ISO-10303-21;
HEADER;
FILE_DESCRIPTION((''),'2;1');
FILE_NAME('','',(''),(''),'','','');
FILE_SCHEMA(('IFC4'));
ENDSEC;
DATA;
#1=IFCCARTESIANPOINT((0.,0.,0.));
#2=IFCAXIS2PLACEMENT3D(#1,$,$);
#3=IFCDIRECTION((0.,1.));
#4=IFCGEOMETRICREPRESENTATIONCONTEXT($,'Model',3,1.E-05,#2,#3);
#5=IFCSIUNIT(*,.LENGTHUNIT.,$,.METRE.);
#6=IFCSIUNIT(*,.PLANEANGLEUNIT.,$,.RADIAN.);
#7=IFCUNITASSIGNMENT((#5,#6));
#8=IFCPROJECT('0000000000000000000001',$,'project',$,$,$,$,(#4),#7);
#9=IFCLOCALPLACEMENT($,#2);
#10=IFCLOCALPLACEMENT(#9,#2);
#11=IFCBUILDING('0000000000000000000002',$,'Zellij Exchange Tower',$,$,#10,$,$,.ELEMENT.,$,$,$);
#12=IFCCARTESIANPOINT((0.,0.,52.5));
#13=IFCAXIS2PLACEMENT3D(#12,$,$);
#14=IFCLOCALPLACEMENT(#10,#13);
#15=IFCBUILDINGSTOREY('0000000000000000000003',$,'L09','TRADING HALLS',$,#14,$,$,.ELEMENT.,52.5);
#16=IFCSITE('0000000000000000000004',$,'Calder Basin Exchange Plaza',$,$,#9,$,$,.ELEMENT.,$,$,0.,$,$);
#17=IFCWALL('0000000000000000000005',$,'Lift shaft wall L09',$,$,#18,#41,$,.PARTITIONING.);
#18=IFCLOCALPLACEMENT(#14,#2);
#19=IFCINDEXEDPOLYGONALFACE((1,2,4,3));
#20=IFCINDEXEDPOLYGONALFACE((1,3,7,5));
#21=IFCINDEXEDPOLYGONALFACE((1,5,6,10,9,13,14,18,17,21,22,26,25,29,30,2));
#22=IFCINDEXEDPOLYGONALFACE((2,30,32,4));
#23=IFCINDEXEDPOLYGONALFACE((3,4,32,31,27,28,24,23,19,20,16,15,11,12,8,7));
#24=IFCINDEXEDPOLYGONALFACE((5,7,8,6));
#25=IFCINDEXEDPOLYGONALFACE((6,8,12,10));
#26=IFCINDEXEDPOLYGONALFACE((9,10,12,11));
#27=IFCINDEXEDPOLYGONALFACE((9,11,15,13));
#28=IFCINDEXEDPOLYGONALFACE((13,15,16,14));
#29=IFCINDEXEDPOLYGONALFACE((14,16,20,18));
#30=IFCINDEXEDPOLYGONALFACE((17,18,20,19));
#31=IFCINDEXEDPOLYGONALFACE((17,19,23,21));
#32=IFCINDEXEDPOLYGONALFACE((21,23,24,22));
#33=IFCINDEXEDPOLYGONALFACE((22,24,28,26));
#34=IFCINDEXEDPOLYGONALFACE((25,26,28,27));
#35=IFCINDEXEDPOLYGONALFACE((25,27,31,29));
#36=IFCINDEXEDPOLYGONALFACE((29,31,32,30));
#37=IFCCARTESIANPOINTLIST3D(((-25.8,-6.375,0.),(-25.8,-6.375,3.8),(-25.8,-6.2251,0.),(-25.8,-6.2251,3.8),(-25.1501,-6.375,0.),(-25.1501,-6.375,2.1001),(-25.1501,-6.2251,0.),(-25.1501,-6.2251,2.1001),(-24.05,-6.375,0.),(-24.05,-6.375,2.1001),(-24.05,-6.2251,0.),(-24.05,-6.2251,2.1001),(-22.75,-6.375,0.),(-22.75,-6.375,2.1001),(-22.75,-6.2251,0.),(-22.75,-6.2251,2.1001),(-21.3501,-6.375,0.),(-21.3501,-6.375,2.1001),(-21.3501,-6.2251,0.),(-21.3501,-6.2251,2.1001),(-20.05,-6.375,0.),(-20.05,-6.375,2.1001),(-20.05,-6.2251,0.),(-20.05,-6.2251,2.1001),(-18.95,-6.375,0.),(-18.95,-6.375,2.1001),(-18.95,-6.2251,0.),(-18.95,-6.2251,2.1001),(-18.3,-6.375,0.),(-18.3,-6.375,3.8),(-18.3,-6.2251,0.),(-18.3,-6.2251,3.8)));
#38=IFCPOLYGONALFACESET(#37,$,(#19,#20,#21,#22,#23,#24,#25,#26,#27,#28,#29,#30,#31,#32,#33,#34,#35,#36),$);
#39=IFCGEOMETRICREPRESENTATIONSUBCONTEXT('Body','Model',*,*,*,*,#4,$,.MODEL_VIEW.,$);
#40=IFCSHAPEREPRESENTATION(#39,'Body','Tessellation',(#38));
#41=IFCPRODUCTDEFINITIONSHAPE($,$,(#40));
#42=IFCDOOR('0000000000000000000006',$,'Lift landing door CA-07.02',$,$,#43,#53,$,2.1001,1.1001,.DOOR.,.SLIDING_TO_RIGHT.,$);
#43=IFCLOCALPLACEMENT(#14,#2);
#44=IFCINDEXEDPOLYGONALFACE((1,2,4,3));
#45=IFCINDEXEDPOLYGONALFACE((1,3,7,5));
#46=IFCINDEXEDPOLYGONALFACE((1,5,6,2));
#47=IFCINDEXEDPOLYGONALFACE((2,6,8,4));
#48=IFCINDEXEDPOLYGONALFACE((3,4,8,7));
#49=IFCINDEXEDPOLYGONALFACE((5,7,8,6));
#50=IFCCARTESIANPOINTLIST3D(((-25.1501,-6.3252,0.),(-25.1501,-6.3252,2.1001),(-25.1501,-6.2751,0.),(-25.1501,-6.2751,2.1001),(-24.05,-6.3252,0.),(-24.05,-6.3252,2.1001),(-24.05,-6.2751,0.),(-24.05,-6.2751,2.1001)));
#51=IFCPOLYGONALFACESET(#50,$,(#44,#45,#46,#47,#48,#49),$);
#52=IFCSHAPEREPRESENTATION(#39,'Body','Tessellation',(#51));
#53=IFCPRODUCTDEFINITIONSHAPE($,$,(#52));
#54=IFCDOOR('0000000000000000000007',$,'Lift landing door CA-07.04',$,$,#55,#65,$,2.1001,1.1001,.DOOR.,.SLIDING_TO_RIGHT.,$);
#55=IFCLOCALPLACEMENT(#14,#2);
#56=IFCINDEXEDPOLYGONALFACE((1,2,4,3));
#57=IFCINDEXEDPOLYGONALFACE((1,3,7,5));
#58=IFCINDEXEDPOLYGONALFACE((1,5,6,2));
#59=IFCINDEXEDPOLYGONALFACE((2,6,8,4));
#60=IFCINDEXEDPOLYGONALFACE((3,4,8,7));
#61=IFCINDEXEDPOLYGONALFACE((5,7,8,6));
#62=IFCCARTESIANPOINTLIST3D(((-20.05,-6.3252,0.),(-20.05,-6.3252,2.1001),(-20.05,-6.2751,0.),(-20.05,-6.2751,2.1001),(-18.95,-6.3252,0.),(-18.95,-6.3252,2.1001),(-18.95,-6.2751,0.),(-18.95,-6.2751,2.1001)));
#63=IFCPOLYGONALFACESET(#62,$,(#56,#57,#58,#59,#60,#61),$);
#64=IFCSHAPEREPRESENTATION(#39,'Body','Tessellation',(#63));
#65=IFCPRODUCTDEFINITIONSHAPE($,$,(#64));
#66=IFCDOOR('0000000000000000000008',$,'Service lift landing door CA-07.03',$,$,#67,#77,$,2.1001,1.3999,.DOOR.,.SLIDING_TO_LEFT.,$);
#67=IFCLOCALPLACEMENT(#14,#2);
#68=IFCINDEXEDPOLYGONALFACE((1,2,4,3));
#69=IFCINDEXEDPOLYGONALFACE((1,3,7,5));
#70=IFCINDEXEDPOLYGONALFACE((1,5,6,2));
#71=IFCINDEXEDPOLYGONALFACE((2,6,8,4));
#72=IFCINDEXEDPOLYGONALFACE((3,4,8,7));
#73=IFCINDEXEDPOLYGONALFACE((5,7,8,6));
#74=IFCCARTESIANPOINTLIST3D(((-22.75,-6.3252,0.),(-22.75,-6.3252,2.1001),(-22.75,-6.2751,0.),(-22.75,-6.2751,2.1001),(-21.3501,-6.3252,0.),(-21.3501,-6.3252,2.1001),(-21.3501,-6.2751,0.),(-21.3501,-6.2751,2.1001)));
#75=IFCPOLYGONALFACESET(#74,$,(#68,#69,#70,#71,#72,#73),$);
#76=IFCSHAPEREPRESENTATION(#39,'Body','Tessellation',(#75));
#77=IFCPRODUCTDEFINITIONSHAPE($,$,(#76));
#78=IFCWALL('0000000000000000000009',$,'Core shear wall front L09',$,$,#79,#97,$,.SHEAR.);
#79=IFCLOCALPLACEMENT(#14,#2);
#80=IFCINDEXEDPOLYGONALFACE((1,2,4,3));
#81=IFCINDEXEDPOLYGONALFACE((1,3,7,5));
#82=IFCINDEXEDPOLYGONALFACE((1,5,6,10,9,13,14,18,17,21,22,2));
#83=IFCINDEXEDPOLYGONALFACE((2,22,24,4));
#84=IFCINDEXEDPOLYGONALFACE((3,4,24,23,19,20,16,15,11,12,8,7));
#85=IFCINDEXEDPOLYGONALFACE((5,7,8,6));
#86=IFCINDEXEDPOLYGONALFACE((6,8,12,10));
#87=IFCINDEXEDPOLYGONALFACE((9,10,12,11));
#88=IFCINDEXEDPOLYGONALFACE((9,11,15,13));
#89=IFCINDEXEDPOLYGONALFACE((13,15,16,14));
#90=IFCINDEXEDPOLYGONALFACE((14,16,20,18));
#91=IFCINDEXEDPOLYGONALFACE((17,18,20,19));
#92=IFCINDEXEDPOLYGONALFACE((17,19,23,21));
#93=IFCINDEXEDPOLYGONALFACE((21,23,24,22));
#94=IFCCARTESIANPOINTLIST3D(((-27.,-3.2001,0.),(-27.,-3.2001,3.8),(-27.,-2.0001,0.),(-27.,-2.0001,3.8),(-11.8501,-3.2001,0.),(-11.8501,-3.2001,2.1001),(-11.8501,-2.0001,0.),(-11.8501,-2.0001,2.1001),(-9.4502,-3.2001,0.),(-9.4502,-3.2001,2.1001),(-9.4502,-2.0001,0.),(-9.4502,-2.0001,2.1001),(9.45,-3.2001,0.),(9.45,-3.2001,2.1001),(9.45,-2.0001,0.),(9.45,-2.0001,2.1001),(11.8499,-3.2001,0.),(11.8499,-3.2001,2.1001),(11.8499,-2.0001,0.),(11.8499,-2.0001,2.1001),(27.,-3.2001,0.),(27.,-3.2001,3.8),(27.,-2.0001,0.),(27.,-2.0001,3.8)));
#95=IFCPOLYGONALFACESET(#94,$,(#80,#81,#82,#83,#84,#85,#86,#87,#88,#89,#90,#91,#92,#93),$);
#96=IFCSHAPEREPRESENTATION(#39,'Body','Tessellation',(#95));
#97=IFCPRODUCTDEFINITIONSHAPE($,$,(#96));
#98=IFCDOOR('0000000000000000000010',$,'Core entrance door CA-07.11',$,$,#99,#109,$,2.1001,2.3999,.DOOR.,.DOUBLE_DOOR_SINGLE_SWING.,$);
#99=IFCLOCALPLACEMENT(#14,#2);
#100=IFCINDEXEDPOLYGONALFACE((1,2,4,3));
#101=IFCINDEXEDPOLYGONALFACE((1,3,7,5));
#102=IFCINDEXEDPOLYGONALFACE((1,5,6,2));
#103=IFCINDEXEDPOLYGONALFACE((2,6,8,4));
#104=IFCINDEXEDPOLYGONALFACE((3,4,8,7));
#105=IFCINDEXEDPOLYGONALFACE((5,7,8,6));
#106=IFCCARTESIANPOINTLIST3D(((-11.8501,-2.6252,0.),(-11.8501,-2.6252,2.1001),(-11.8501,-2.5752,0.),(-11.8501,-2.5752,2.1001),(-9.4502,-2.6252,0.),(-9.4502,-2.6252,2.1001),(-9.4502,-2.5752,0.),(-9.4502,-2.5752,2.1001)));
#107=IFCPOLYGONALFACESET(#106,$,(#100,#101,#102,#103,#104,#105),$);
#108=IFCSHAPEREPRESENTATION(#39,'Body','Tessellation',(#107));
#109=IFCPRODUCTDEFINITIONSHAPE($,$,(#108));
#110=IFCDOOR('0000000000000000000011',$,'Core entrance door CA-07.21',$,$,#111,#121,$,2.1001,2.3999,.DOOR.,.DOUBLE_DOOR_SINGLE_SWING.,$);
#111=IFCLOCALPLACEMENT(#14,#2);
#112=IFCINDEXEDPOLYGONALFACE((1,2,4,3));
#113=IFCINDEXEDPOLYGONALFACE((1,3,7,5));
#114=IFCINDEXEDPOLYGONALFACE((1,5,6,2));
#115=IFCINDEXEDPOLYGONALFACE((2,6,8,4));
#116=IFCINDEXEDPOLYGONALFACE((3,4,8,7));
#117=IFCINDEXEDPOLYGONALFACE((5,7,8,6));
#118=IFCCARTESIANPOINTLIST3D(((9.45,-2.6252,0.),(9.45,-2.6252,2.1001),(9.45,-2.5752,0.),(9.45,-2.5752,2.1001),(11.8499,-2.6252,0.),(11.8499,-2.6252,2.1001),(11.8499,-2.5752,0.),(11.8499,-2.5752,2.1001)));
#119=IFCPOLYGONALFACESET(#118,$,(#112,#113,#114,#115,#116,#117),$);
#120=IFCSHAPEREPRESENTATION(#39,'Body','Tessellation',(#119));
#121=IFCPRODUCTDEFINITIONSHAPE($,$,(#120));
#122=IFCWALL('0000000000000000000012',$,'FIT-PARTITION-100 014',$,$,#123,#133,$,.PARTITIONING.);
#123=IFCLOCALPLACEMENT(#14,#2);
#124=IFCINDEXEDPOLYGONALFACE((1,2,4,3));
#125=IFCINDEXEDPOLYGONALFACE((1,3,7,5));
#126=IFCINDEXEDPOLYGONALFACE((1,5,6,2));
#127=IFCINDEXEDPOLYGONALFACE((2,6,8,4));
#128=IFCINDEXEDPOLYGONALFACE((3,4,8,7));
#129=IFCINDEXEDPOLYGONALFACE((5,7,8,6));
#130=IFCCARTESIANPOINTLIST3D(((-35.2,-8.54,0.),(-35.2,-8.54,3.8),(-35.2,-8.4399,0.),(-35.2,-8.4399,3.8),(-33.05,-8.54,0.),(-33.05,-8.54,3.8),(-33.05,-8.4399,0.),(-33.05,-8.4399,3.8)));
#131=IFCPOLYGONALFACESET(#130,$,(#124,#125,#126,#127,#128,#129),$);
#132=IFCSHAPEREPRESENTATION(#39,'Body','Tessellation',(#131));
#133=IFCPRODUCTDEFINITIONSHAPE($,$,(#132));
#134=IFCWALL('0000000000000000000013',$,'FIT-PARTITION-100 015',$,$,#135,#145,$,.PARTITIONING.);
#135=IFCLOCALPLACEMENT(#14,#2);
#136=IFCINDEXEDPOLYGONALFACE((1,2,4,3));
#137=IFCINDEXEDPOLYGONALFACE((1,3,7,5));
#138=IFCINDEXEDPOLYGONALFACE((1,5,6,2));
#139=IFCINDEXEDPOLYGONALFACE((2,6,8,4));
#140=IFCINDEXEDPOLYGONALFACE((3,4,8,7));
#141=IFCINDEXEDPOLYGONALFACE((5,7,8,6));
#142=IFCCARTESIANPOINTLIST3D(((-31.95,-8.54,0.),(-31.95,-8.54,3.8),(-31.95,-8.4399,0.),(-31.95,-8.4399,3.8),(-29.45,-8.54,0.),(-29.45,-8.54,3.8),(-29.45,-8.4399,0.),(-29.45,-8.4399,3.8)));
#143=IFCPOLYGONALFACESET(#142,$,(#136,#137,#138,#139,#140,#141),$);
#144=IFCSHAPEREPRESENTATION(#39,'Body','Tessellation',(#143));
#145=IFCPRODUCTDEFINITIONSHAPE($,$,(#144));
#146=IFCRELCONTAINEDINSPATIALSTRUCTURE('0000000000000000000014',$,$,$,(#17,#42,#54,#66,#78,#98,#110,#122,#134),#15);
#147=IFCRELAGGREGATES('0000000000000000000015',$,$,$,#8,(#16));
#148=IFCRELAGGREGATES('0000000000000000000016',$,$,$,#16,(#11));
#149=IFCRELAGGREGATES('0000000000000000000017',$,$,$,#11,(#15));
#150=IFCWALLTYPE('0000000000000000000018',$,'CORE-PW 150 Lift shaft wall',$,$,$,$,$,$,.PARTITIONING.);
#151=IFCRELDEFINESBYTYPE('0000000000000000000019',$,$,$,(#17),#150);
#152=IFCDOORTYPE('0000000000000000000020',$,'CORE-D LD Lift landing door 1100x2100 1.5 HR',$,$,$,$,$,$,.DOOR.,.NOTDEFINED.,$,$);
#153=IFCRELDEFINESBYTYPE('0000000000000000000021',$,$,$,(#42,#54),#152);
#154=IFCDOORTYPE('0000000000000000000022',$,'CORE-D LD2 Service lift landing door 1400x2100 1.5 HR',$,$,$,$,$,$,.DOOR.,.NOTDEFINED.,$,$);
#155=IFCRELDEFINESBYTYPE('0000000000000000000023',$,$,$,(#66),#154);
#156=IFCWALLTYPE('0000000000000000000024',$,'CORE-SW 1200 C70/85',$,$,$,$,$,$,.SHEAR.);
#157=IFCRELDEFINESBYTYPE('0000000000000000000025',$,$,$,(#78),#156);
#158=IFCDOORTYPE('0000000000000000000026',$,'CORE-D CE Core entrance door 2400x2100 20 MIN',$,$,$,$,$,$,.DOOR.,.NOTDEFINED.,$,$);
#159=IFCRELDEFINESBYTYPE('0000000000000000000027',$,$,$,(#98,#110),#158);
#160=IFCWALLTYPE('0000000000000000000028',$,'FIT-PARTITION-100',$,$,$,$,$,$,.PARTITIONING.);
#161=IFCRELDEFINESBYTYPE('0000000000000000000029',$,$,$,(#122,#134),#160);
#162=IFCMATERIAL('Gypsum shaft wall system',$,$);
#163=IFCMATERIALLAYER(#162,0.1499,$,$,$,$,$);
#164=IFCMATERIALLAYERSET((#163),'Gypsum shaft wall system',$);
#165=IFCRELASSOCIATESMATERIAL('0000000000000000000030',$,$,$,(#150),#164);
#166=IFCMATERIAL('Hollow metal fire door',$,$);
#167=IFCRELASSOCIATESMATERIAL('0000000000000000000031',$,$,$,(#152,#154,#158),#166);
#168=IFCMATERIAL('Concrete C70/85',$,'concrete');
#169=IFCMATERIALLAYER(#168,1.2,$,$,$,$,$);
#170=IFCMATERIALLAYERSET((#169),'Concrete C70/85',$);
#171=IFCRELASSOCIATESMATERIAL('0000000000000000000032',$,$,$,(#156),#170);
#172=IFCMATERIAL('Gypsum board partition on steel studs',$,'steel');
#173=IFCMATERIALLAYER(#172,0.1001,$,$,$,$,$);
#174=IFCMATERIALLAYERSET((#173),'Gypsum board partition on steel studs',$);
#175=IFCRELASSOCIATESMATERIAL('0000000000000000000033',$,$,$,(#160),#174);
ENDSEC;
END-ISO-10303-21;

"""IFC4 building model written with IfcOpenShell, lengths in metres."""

from ifc_helpers import new_model, si_unit, direction, frame, frame_2d, origin, place, context, subcontext, project, spatial, rectangle, extrude, material, layer, layer_set, type_object, element, fill, save


model = new_model("IFC4")

# Units and contexts
model_context = context("Model", 3, precision=1e-05, world=origin(), true_north=direction((0.0, 1.0)))
body_context = subcontext(model_context, "Body", "Model", "MODEL_VIEW")
ifc_project = project(units=[si_unit("LENGTHUNIT", "METRE"), si_unit("PLANEANGLEUNIT", "RADIAN")], contexts=[model_context])

# Site, building, storey
site_placement = place(None, origin())
site = spatial("IfcSite", under=ifc_project, at=site_placement, Name="Calder Basin Exchange Plaza", CompositionType="ELEMENT", RefElevation=0.0)
building_placement = place(site_placement, origin())
building = spatial("IfcBuilding", under=site, at=building_placement, Name="Zellij Exchange Tower", CompositionType="ELEMENT")
storey_placement = place(building_placement, frame((0.0, 0.0, 52.5)))
storey = spatial("IfcBuildingStorey", under=building, at=storey_placement, Name="L09", Description="TRADING HALLS", CompositionType="ELEMENT", Elevation=52.5)

# Shared definitions
ifc_material_1 = material(Name="Concrete C70/85", Category="concrete")

# Shared definitions
ifc_material_2 = material(Name="Gypsum shaft wall system")
ifc_layer_1 = layer(ifc_material_2, 0.1499)
ifc_layer_set_1 = layer_set([ifc_layer_1], Name="Gypsum shaft wall system")
wall_type_1 = type_object("IfcWallType", Name="CORE-PW 150 Lift shaft wall", PredefinedType="PARTITIONING", material=ifc_layer_set_1)

# Walls, openings, doors
wall_1_placement = place(storey_placement, frame((-25.8, -6.3, 0.0), z_axis=(0.0, 0.0, 1.0), x_axis=(1.0, 0.0, 0.0)))
wall_1 = element("IfcWall", 1, at=wall_1_placement, inside=storey, type_object=wall_type_1, Name="Lift shaft wall L09", PredefinedType="PARTITIONING", context=body_context, shape_type="SweptSolid", body=[
    extrude(rectangle(XDim=7.5, YDim=0.1499, at=frame_2d((3.75, 0.0))), origin(), (0.0, 0.0, 1.0), 3.8),
])
opening_1_placement = place(wall_1_placement, frame((0.6499, 0.0, 0.0)))
opening_1 = element("IfcOpeningElement", 2, at=opening_1_placement, cuts=wall_1, PredefinedType="OPENING", context=body_context, shape_type="SweptSolid", body=[
    extrude(rectangle(XDim=1.1001, YDim=2.1001, at=frame_2d((0.55, 1.05))), frame((0.0, 0.0869, 0.0), z_axis=(0.0, -1.0, 0.0), x_axis=(1.0, 0.0, 0.0)), (0.0, 0.0, 1.0), 0.1738),
])
opening_2_placement = place(wall_1_placement, frame((3.05, 0.0, 0.0)))
opening_2 = element("IfcOpeningElement", 3, at=opening_2_placement, cuts=wall_1, PredefinedType="OPENING", context=body_context, shape_type="SweptSolid", body=[
    extrude(rectangle(XDim=1.3999, YDim=2.1001, at=frame_2d((0.7, 1.05))), frame((0.0, 0.0869, 0.0), z_axis=(0.0, -1.0, 0.0), x_axis=(1.0, 0.0, 0.0)), (0.0, 0.0, 1.0), 0.1738),
])
opening_3_placement = place(wall_1_placement, frame((5.75, 0.0, 0.0)))
opening_3 = element("IfcOpeningElement", 4, at=opening_3_placement, cuts=wall_1, PredefinedType="OPENING", context=body_context, shape_type="SweptSolid", body=[
    extrude(rectangle(XDim=1.1001, YDim=2.1001, at=frame_2d((0.55, 1.05))), frame((0.0, 0.0869, 0.0), z_axis=(0.0, -1.0, 0.0), x_axis=(1.0, 0.0, 0.0)), (0.0, 0.0, 1.0), 0.1738),
])
ifc_material_3 = material(Name="Hollow metal fire door")
door_type_1 = type_object("IfcDoorType", Name="CORE-D LD Lift landing door 1100x2100 1.5 HR", OperationType="NOTDEFINED", PredefinedType="DOOR", material=ifc_material_3)
door_1_placement = place(opening_1_placement, origin())
door_1 = element("IfcDoor", 5, at=door_1_placement, inside=storey, type_object=door_type_1, Name="Lift landing door CA-07.02", OperationType="SLIDING_TO_RIGHT", OverallHeight=2.1001, OverallWidth=1.1001, PredefinedType="DOOR", context=body_context, shape_type="SweptSolid", body=[
    extrude(rectangle(XDim=1.1001, YDim=2.1001, at=frame_2d((0.55, 1.05))), frame((0.0, 0.0249, 0.0), z_axis=(0.0, -1.0, 0.0), x_axis=(1.0, 0.0, 0.0)), (0.0, 0.0, 1.0), 0.05),
])
fill(opening_1, door_1)
door_2_placement = place(opening_3_placement, origin())
door_2 = element("IfcDoor", 6, at=door_2_placement, inside=storey, type_object=door_type_1, Name="Lift landing door CA-07.04", OperationType="SLIDING_TO_RIGHT", OverallHeight=2.1001, OverallWidth=1.1001, PredefinedType="DOOR", context=body_context, shape_type="SweptSolid", body=[
    extrude(rectangle(XDim=1.1001, YDim=2.1001, at=frame_2d((0.55, 1.05))), frame((0.0, 0.0249, 0.0), z_axis=(0.0, -1.0, 0.0), x_axis=(1.0, 0.0, 0.0)), (0.0, 0.0, 1.0), 0.05),
])
fill(opening_3, door_2)
door_type_2 = type_object("IfcDoorType", Name="CORE-D LD2 Service lift landing door 1400x2100 1.5 HR", OperationType="NOTDEFINED", PredefinedType="DOOR", material=ifc_material_3)
door_3_placement = place(opening_2_placement, origin())
door_3 = element("IfcDoor", 7, at=door_3_placement, inside=storey, type_object=door_type_2, Name="Service lift landing door CA-07.03", OperationType="SLIDING_TO_LEFT", OverallHeight=2.1001, OverallWidth=1.3999, PredefinedType="DOOR", context=body_context, shape_type="SweptSolid", body=[
    extrude(rectangle(XDim=1.3999, YDim=2.1001, at=frame_2d((0.7, 1.05))), frame((0.0, 0.0249, 0.0), z_axis=(0.0, -1.0, 0.0), x_axis=(1.0, 0.0, 0.0)), (0.0, 0.0, 1.0), 0.05),
])
fill(opening_2, door_3)
ifc_layer_2 = layer(ifc_material_1, 1.2)
ifc_layer_set_2 = layer_set([ifc_layer_2], Name="Concrete C70/85")
wall_type_2 = type_object("IfcWallType", Name="CORE-SW 1200 C70/85", PredefinedType="SHEAR", material=ifc_layer_set_2)
wall_2_placement = place(storey_placement, frame((-27.0, -2.6001, 0.0), z_axis=(0.0, 0.0, 1.0), x_axis=(1.0, 0.0, 0.0)))
wall_2 = element("IfcWall", 8, at=wall_2_placement, inside=storey, type_object=wall_type_2, Name="Core shear wall front L09", PredefinedType="SHEAR", context=body_context, shape_type="SweptSolid", body=[
    extrude(rectangle(XDim=54.0, YDim=1.2, at=frame_2d((27.0, 0.0))), origin(), (0.0, 0.0, 1.0), 3.8),
])
opening_4_placement = place(wall_2_placement, frame((15.1499, 0.0, 0.0)))
opening_4 = element("IfcOpeningElement", 9, at=opening_4_placement, cuts=wall_2, PredefinedType="OPENING", context=body_context, shape_type="SweptSolid", body=[
    extrude(rectangle(XDim=2.3999, YDim=2.1001, at=frame_2d((1.2, 1.05))), frame((0.0, 0.6118, 0.0), z_axis=(0.0, -1.0, 0.0), x_axis=(1.0, 0.0, 0.0)), (0.0, 0.0, 1.0), 1.2239),
])
opening_5_placement = place(wall_2_placement, frame((36.45, 0.0, 0.0)))
opening_5 = element("IfcOpeningElement", 10, at=opening_5_placement, cuts=wall_2, PredefinedType="OPENING", context=body_context, shape_type="SweptSolid", body=[
    extrude(rectangle(XDim=2.3999, YDim=2.1001, at=frame_2d((1.2, 1.05))), frame((0.0, 0.6118, 0.0), z_axis=(0.0, -1.0, 0.0), x_axis=(1.0, 0.0, 0.0)), (0.0, 0.0, 1.0), 1.2239),
])
door_type_3 = type_object("IfcDoorType", Name="CORE-D CE Core entrance door 2400x2100 20 MIN", OperationType="NOTDEFINED", PredefinedType="DOOR", material=ifc_material_3)
door_4_placement = place(opening_4_placement, origin())
door_4 = element("IfcDoor", 11, at=door_4_placement, inside=storey, type_object=door_type_3, Name="Core entrance door CA-07.11", OperationType="DOUBLE_DOOR_SINGLE_SWING", OverallHeight=2.1001, OverallWidth=2.3999, PredefinedType="DOOR", context=body_context, shape_type="SweptSolid", body=[
    extrude(rectangle(XDim=2.3999, YDim=2.1001, at=frame_2d((1.2, 1.05))), frame((0.0, 0.0249, 0.0), z_axis=(0.0, -1.0, 0.0), x_axis=(1.0, 0.0, 0.0)), (0.0, 0.0, 1.0), 0.05),
])
fill(opening_4, door_4)
door_5_placement = place(opening_5_placement, origin())
door_5 = element("IfcDoor", 12, at=door_5_placement, inside=storey, type_object=door_type_3, Name="Core entrance door CA-07.21", OperationType="DOUBLE_DOOR_SINGLE_SWING", OverallHeight=2.1001, OverallWidth=2.3999, PredefinedType="DOOR", context=body_context, shape_type="SweptSolid", body=[
    extrude(rectangle(XDim=2.3999, YDim=2.1001, at=frame_2d((1.2, 1.05))), frame((0.0, 0.0249, 0.0), z_axis=(0.0, -1.0, 0.0), x_axis=(1.0, 0.0, 0.0)), (0.0, 0.0, 1.0), 0.05),
])
fill(opening_5, door_5)

# Walls
ifc_material_4 = material(Name="Gypsum board partition on steel studs", Category="steel")
ifc_layer_3 = layer(ifc_material_4, 0.1001)
ifc_layer_set_3 = layer_set([ifc_layer_3], Name="Gypsum board partition on steel studs")
wall_type_3 = type_object("IfcWallType", Name="FIT-PARTITION-100", PredefinedType="PARTITIONING", material=ifc_layer_set_3)
wall_3_placement = place(storey_placement, frame((-35.2, -8.49, 0.0), z_axis=(0.0, 0.0, 1.0), x_axis=(1.0, 0.0, 0.0)))
element("IfcWall", 13, at=wall_3_placement, inside=storey, type_object=wall_type_3, Name="FIT-PARTITION-100 014", PredefinedType="PARTITIONING", context=body_context, shape_type="SweptSolid", body=[
    extrude(rectangle(XDim=2.1499, YDim=0.1001, at=frame_2d((1.075, 0.0))), origin(), (0.0, 0.0, 1.0), 3.8),
])
wall_4_placement = place(storey_placement, frame((-31.95, -8.49, 0.0), z_axis=(0.0, 0.0, 1.0), x_axis=(1.0, 0.0, 0.0)))
element("IfcWall", 14, at=wall_4_placement, inside=storey, type_object=wall_type_3, Name="FIT-PARTITION-100 015", PredefinedType="PARTITIONING", context=body_context, shape_type="SweptSolid", body=[
    extrude(rectangle(XDim=2.5, YDim=0.1001, at=frame_2d((1.25, 0.0))), origin(), (0.0, 0.0, 1.0), 3.8),
])

save(model, "model.ifc")
